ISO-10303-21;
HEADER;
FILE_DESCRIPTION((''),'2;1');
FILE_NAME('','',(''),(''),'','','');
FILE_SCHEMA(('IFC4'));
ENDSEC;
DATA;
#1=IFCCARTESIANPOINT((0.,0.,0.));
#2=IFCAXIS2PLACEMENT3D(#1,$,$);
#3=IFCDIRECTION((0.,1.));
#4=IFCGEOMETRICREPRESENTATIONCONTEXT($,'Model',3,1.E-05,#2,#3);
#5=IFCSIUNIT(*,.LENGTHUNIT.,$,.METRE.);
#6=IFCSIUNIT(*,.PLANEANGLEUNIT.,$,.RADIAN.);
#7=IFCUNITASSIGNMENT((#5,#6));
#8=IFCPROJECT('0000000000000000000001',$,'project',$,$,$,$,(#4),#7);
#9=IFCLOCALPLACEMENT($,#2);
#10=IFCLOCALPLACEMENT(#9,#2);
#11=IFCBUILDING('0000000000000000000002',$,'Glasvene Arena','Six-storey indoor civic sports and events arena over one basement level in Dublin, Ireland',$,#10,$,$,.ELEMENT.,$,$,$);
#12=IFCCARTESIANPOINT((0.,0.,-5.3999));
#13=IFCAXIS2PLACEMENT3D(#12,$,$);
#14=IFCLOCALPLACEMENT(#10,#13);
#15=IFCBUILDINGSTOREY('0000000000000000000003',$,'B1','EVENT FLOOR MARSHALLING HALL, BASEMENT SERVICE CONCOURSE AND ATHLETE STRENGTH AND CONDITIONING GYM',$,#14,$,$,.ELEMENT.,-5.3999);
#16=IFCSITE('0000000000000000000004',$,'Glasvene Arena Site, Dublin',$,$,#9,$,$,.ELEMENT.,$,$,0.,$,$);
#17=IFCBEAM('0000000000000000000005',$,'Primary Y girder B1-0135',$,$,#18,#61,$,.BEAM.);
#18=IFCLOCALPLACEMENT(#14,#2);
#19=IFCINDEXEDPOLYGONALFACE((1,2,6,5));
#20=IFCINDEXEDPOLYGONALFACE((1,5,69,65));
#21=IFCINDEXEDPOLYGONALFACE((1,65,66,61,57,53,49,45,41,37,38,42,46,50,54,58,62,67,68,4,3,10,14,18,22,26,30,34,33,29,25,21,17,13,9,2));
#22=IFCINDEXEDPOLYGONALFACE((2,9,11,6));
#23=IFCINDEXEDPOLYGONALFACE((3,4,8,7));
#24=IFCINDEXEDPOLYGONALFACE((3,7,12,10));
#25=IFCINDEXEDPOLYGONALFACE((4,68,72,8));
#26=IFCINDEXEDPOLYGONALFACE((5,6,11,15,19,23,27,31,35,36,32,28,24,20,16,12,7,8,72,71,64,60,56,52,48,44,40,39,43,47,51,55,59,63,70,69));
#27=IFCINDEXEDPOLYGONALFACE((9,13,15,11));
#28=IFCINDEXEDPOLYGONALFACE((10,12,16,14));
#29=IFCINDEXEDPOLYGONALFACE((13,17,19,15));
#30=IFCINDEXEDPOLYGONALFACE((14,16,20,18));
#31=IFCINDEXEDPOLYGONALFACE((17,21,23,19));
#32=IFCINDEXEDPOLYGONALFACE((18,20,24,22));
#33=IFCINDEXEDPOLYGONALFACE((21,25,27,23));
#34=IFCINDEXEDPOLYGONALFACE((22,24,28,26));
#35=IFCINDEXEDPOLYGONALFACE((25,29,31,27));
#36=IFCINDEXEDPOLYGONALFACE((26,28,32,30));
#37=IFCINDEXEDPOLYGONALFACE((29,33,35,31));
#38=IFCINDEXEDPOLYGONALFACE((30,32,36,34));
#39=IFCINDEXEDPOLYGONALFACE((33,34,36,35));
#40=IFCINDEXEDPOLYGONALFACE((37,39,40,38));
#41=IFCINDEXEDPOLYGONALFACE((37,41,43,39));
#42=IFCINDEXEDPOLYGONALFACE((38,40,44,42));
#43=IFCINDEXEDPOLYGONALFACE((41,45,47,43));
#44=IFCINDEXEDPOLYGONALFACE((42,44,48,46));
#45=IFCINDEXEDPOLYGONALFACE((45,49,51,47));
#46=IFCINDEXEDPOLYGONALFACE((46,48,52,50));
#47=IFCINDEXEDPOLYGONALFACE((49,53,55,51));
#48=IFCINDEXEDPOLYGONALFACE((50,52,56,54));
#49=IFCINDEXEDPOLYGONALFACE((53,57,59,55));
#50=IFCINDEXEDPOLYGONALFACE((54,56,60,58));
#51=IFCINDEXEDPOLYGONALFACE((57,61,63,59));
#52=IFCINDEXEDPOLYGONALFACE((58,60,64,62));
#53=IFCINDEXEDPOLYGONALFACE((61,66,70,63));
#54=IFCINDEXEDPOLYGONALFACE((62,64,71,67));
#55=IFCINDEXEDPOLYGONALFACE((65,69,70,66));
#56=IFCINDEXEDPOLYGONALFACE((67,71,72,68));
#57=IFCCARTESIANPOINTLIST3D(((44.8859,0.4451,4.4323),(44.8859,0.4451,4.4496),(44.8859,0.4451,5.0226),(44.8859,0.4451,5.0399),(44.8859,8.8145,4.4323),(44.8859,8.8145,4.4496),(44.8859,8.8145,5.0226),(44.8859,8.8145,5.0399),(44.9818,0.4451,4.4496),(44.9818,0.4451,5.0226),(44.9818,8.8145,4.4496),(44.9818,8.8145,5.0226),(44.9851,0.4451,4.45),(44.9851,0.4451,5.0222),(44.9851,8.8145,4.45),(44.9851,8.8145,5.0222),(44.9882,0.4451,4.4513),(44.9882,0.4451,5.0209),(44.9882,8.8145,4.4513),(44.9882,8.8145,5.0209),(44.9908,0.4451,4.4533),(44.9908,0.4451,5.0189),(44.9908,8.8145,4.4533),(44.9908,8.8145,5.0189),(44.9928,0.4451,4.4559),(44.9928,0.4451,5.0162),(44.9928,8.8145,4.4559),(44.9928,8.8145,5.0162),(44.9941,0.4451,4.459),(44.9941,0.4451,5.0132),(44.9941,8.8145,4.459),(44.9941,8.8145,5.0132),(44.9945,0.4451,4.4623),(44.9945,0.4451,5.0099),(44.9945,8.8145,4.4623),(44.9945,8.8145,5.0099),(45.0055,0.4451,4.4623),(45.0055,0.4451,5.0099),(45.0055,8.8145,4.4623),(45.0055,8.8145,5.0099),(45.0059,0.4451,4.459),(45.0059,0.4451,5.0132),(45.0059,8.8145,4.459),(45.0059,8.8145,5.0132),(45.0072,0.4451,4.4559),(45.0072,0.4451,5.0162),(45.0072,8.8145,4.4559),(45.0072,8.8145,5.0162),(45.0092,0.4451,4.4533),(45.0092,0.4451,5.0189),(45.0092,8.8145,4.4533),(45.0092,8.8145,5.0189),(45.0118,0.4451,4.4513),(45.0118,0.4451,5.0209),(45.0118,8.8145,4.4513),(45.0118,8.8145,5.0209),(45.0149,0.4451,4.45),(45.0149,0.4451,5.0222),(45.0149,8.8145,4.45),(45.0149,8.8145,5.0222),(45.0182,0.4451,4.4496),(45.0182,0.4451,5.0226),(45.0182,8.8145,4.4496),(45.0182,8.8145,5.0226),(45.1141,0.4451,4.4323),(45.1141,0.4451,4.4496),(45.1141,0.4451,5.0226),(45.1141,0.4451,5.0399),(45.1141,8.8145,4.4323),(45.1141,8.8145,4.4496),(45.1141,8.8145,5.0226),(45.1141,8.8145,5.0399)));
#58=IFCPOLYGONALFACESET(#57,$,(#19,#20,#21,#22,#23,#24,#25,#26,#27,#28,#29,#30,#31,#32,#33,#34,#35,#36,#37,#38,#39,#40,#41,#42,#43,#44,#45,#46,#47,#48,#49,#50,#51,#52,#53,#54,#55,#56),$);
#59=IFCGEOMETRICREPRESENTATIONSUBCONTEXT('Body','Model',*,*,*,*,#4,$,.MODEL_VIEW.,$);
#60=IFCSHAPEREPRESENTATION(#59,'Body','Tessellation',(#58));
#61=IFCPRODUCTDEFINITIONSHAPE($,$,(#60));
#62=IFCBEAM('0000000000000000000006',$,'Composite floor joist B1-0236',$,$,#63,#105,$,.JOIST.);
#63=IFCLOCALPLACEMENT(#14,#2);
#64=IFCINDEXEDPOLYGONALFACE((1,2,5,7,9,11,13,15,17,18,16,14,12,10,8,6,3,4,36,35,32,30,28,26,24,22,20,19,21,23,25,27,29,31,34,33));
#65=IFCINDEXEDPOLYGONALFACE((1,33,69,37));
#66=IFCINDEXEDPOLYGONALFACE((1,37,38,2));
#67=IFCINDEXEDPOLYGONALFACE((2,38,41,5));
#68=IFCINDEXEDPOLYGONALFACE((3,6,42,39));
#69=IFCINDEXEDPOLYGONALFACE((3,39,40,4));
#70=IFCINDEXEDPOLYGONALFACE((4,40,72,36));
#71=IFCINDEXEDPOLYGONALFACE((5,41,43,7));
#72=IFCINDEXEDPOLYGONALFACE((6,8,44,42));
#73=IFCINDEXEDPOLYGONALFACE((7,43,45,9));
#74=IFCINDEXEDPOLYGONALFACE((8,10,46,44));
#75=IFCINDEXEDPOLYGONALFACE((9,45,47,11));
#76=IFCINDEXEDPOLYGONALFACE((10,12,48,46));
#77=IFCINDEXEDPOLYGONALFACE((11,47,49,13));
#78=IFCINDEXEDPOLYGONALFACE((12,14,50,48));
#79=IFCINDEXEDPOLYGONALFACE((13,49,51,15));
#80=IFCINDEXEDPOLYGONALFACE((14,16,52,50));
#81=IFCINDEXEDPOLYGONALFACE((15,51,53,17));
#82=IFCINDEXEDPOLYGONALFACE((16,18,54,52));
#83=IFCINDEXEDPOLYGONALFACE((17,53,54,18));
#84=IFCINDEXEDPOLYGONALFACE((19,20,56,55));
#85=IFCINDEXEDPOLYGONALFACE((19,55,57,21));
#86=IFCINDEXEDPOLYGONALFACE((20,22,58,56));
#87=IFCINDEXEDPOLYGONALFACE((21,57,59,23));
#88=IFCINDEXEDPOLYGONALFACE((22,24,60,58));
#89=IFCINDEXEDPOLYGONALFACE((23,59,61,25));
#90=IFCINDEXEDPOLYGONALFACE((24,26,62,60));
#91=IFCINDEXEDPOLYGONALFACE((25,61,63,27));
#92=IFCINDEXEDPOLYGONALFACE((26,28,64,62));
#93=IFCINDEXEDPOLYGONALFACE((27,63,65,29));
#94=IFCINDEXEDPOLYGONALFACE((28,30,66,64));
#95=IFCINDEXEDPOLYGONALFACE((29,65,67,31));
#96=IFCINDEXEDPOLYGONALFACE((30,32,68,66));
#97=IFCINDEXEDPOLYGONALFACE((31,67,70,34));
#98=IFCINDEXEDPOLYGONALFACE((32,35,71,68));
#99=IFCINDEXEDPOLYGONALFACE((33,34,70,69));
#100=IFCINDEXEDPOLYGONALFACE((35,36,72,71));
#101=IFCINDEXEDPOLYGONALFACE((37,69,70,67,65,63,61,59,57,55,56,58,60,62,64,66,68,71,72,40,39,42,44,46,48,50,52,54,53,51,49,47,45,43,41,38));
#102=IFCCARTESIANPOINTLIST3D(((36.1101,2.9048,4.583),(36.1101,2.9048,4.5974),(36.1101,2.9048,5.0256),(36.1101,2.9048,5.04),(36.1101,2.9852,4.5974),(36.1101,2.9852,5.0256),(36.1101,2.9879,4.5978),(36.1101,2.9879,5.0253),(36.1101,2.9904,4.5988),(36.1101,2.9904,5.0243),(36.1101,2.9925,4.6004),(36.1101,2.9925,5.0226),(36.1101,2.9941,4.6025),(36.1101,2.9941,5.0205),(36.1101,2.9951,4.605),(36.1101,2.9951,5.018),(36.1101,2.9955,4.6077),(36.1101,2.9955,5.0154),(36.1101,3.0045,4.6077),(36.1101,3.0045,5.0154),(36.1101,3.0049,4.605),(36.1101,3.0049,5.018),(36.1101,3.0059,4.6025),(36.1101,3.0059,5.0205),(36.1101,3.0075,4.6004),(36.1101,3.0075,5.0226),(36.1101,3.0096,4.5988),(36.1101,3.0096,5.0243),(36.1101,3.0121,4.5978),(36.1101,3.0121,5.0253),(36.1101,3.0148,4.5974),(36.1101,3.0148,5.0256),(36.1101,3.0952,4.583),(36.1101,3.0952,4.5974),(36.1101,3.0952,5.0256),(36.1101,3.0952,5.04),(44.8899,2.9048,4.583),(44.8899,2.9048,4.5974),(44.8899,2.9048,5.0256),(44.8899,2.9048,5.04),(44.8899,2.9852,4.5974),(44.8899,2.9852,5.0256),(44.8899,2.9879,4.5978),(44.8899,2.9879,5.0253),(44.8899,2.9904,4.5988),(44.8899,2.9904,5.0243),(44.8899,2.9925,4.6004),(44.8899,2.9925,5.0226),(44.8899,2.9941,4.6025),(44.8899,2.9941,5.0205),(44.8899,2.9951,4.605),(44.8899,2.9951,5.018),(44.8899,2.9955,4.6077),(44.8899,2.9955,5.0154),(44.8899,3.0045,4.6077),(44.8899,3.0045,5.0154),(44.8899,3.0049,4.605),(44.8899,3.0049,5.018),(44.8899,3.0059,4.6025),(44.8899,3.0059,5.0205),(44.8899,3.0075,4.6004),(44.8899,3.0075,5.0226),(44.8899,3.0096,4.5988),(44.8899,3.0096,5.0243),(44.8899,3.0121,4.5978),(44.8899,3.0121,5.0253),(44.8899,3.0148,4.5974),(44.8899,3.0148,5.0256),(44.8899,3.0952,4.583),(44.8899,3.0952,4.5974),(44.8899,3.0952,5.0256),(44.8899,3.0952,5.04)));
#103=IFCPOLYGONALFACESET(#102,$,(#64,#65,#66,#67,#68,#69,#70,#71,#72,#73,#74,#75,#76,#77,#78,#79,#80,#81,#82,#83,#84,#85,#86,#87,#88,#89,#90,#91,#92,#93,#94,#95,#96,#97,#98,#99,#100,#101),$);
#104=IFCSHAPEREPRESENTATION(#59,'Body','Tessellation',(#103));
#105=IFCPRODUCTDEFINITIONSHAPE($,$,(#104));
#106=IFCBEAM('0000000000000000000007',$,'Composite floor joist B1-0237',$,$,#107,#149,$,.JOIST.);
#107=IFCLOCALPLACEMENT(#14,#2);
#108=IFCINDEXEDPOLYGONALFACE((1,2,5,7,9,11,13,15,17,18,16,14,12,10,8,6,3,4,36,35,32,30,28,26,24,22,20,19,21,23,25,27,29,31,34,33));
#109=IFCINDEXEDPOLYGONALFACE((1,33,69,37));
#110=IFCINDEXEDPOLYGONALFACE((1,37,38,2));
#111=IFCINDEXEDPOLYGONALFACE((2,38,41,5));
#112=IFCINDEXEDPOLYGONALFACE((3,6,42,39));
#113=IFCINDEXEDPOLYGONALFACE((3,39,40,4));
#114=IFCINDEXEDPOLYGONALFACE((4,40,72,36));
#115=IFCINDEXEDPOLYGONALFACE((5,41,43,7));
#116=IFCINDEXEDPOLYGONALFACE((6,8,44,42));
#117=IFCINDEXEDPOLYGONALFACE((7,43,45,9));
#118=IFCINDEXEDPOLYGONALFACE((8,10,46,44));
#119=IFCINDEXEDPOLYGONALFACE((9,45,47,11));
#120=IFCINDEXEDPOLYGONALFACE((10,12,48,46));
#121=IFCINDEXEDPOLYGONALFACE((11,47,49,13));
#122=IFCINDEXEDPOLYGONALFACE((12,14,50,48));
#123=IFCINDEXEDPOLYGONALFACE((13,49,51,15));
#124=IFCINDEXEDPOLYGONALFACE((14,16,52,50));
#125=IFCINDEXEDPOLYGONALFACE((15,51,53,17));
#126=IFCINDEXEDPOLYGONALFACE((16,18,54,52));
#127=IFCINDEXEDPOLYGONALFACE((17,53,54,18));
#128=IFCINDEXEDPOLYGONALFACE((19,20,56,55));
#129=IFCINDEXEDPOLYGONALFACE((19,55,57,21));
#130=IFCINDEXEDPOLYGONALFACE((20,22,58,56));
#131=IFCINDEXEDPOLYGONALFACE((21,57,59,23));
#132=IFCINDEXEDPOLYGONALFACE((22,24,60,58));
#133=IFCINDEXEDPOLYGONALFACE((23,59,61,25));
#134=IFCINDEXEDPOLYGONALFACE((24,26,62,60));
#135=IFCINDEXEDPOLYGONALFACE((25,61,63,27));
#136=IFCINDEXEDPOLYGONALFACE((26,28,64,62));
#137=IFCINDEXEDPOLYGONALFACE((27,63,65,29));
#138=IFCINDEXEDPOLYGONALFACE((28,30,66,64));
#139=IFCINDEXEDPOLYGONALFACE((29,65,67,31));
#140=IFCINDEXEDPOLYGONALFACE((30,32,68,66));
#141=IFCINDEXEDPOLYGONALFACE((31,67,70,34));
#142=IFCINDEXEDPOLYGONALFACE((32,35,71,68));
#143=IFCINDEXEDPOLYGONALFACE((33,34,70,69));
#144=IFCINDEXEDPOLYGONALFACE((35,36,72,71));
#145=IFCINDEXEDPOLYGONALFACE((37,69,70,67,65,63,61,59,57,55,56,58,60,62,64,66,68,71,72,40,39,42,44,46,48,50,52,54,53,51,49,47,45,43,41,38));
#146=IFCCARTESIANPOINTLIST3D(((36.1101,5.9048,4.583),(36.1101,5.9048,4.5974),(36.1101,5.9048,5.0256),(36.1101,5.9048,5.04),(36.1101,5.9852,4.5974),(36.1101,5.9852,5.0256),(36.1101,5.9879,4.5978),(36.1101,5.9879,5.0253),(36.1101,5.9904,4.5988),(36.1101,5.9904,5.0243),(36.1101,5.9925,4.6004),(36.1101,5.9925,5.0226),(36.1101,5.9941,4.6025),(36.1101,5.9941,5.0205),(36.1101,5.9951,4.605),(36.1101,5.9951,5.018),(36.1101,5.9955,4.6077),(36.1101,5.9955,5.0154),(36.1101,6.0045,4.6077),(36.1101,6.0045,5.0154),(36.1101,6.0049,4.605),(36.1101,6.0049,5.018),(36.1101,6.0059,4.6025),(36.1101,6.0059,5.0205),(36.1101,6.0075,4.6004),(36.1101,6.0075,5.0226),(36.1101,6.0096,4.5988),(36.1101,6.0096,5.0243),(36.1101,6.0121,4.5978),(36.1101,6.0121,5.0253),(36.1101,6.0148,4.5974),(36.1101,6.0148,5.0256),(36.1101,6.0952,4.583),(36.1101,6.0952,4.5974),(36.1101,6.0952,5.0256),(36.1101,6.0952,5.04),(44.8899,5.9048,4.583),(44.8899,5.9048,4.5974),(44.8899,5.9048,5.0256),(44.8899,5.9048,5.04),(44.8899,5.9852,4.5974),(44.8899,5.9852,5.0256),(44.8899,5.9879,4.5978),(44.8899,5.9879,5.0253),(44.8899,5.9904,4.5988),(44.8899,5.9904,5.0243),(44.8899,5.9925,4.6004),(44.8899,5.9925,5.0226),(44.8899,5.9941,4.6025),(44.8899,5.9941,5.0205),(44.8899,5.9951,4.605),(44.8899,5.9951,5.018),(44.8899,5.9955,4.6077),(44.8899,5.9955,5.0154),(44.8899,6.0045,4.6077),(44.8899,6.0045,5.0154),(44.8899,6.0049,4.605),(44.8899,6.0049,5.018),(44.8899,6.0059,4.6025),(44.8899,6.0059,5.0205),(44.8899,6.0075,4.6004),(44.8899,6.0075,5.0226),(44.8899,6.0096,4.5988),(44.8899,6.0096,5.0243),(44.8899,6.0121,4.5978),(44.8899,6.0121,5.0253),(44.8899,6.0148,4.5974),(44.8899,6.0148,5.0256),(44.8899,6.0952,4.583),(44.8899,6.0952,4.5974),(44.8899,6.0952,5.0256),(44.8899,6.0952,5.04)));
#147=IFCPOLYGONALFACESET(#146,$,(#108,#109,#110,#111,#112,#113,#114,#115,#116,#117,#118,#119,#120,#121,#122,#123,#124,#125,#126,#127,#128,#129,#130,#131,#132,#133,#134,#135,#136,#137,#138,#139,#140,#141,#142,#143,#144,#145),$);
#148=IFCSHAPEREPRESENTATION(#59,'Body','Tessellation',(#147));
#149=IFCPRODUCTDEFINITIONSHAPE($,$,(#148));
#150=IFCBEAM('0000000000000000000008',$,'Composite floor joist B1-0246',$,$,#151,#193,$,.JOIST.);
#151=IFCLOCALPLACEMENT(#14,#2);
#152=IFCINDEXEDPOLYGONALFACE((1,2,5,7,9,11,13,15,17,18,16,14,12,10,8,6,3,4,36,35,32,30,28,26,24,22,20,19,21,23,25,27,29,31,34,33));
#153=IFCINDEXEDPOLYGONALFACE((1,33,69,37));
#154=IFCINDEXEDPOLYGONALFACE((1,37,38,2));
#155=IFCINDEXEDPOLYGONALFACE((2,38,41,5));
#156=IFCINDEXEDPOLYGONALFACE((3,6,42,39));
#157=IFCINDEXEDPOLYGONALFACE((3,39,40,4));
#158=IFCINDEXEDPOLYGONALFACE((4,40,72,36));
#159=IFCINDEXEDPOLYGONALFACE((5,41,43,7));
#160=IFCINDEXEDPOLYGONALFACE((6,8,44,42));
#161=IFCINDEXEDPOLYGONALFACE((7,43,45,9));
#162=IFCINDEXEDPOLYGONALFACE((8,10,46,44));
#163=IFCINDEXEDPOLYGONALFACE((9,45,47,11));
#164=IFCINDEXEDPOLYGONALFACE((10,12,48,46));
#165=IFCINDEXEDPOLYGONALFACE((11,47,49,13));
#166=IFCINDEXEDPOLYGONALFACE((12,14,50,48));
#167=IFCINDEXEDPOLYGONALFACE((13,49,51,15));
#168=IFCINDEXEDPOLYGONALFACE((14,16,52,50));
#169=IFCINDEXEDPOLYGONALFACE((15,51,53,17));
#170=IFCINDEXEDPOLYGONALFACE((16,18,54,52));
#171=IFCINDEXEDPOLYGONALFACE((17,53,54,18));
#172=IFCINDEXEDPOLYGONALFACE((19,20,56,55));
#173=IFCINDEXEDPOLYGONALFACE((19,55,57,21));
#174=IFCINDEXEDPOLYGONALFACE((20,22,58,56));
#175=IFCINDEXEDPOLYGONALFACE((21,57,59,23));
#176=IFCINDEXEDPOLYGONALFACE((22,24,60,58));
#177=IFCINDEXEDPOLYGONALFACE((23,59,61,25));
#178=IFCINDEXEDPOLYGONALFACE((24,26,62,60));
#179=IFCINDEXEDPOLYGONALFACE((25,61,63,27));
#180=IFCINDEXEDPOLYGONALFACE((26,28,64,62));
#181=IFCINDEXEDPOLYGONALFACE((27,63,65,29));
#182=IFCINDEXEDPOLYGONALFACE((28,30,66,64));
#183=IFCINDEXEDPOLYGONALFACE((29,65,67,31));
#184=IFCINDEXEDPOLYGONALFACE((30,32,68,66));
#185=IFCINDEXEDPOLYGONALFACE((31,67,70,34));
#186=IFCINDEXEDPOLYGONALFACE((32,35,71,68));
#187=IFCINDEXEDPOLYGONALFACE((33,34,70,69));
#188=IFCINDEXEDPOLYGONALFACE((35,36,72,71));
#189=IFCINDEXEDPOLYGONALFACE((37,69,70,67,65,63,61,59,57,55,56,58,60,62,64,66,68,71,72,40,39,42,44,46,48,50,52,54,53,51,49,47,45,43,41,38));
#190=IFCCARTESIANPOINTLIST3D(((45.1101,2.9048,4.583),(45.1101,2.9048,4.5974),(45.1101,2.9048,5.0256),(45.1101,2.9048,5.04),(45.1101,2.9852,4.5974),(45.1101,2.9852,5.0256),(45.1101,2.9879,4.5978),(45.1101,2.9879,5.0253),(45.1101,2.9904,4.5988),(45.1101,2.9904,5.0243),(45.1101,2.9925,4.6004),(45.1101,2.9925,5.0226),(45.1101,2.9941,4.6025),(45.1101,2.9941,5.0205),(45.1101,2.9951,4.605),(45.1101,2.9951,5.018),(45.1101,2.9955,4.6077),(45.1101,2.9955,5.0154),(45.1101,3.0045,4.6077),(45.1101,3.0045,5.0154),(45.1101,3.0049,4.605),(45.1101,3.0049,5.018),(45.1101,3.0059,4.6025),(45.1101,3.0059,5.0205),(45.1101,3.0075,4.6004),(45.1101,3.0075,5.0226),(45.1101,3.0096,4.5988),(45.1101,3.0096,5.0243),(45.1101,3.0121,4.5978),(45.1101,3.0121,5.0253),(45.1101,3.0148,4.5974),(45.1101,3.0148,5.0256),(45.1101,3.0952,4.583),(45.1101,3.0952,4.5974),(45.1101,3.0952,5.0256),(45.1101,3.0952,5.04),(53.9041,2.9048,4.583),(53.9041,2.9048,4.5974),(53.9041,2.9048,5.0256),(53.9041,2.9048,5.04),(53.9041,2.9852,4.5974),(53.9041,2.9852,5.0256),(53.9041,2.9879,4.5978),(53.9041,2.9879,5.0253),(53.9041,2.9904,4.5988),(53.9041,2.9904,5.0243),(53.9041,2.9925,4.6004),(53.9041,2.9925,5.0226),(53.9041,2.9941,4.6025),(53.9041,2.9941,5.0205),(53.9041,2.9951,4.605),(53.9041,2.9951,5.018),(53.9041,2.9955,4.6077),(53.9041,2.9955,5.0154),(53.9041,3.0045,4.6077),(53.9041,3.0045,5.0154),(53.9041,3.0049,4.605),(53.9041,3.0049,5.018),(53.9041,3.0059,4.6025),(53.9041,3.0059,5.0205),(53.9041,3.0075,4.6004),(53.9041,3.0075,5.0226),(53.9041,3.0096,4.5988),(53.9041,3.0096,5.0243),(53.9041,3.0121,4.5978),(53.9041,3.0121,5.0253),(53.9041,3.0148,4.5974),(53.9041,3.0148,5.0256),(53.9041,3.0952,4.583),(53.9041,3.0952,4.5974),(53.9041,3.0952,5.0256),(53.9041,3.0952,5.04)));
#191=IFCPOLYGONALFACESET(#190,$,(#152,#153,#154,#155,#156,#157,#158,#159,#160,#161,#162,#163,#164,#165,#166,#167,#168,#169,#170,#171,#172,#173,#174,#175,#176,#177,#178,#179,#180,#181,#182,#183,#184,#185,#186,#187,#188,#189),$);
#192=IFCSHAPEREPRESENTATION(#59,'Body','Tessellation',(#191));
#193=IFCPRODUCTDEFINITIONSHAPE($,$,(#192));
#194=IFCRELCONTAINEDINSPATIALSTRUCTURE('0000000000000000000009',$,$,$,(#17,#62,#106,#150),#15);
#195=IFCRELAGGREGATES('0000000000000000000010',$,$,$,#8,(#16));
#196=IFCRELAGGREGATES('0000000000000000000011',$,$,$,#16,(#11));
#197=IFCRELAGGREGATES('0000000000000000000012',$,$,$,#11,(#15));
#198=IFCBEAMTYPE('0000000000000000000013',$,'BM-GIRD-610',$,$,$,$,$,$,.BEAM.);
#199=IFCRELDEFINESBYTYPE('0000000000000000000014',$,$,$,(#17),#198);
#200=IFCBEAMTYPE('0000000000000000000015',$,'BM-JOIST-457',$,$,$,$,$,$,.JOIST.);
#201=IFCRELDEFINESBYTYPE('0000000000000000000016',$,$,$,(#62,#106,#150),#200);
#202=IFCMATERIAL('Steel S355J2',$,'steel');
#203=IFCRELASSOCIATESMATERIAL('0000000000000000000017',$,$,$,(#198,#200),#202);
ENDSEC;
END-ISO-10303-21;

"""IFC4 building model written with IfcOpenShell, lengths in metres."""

from ifc_helpers import new_model, si_unit, direction, frame, origin, origin_2d, place, context, subcontext, project, spatial, i_section, extrude, material, material_profile, profile_set, type_object, element, save


model = new_model("IFC4")

# Units and contexts
model_context = context("Model", 3, precision=1e-05, world=origin(), true_north=direction((0.0, 1.0)))
body_context = subcontext(model_context, "Body", "Model", "MODEL_VIEW")
ifc_project = project(units=[si_unit("LENGTHUNIT", "METRE"), si_unit("PLANEANGLEUNIT", "RADIAN")], contexts=[model_context])

# Site, building, storey
site_placement = place(None, origin())
site = spatial("IfcSite", under=ifc_project, at=site_placement, Name="Glasvene Arena Site, Dublin", CompositionType="ELEMENT", RefElevation=0.0)
building_placement = place(site_placement, origin())
building = spatial("IfcBuilding", under=site, at=building_placement, Name="Glasvene Arena", Description="Six-storey indoor civic sports and events arena over one basement level in Dublin, Ireland", CompositionType="ELEMENT")
storey_placement = place(building_placement, frame((0.0, 0.0, -5.3999)))
storey = spatial("IfcBuildingStorey", under=building, at=storey_placement, Name="B1", Description="EVENT FLOOR MARSHALLING HALL, BASEMENT SERVICE CONCOURSE AND ATHLETE STRENGTH AND CONDITIONING GYM", CompositionType="ELEMENT", Elevation=-5.3999)

# Shared definitions
ifc_material_1 = material(Name="Steel S355J2", Category="steel")

# Beams
ifc_material_profile_1 = material_profile(ifc_material_1, i_section(OverallWidth=0.2283, OverallDepth=0.6077, WebThickness=0.011, FlangeThickness=0.0173, FilletRadius=0.0127, at=origin_2d()), Name="UKB 610x229x113")
ifc_profile_set_1 = profile_set([ifc_material_profile_1], Name="Steel S355J2")
beam_type_1 = type_object("IfcBeamType", Name="BM-GIRD-610", PredefinedType="BEAM", material=ifc_profile_set_1)
beam_1_placement = place(storey_placement, frame((45.0, 0.4451, 4.7361), z_axis=(0.0, 1.0, 0.0), x_axis=(-1.0, 0.0, 0.0)))
element("IfcBeam", 1, at=beam_1_placement, inside=storey, type_object=beam_type_1, Name="Primary Y girder B1-0135", PredefinedType="BEAM", context=body_context, shape_type="SweptSolid", body=[
    extrude(i_section(OverallWidth=0.2283, OverallDepth=0.6077, WebThickness=0.011, FlangeThickness=0.0173, FilletRadius=0.0127, at=origin_2d()), origin(), (0.0, 0.0, 1.0), 8.3694),
])
ifc_material_profile_2 = material_profile(ifc_material_1, i_section(OverallWidth=0.1904, OverallDepth=0.457, WebThickness=0.009, FlangeThickness=0.0144, FilletRadius=0.0103, at=origin_2d()), Name="UKB 457x191x74")
ifc_profile_set_2 = profile_set([ifc_material_profile_2], Name="Steel S355J2")
beam_type_2 = type_object("IfcBeamType", Name="BM-JOIST-457", PredefinedType="JOIST", material=ifc_profile_set_2)
for number, where, z_axis, x_axis, name in (
    (2, (36.1101, 3.0, 4.8115), (1.0, 0.0, 0.0), (0.0, 1.0, 0.0), "Composite floor joist B1-0236"),
    (3, (36.1101, 6.0, 4.8115), (1.0, 0.0, 0.0), (0.0, 1.0, 0.0), "Composite floor joist B1-0237"),
):
    element("IfcBeam", number, at=place(storey_placement, frame(where, z_axis=z_axis, x_axis=x_axis)), inside=storey, type_object=beam_type_2, Name=name, PredefinedType="JOIST", context=body_context, shape_type="SweptSolid", body=[
        extrude(i_section(OverallWidth=0.1904, OverallDepth=0.457, WebThickness=0.009, FlangeThickness=0.0144, FilletRadius=0.0103, at=origin_2d()), origin(), (0.0, 0.0, 1.0), 8.7798),
    ])
for number, where, z_axis, x_axis, name in (
    (4, (45.1101, 3.0, 4.8115), (1.0, 0.0, 0.0), (0.0, 1.0, 0.0), "Composite floor joist B1-0246"),
):
    element("IfcBeam", number, at=place(storey_placement, frame(where, z_axis=z_axis, x_axis=x_axis)), inside=storey, type_object=beam_type_2, Name=name, PredefinedType="JOIST", context=body_context, shape_type="SweptSolid", body=[
        extrude(i_section(OverallWidth=0.1904, OverallDepth=0.457, WebThickness=0.009, FlangeThickness=0.0144, FilletRadius=0.0103, at=origin_2d()), origin(), (0.0, 0.0, 1.0), 8.7939),
    ])

save(model, "model.ifc")
